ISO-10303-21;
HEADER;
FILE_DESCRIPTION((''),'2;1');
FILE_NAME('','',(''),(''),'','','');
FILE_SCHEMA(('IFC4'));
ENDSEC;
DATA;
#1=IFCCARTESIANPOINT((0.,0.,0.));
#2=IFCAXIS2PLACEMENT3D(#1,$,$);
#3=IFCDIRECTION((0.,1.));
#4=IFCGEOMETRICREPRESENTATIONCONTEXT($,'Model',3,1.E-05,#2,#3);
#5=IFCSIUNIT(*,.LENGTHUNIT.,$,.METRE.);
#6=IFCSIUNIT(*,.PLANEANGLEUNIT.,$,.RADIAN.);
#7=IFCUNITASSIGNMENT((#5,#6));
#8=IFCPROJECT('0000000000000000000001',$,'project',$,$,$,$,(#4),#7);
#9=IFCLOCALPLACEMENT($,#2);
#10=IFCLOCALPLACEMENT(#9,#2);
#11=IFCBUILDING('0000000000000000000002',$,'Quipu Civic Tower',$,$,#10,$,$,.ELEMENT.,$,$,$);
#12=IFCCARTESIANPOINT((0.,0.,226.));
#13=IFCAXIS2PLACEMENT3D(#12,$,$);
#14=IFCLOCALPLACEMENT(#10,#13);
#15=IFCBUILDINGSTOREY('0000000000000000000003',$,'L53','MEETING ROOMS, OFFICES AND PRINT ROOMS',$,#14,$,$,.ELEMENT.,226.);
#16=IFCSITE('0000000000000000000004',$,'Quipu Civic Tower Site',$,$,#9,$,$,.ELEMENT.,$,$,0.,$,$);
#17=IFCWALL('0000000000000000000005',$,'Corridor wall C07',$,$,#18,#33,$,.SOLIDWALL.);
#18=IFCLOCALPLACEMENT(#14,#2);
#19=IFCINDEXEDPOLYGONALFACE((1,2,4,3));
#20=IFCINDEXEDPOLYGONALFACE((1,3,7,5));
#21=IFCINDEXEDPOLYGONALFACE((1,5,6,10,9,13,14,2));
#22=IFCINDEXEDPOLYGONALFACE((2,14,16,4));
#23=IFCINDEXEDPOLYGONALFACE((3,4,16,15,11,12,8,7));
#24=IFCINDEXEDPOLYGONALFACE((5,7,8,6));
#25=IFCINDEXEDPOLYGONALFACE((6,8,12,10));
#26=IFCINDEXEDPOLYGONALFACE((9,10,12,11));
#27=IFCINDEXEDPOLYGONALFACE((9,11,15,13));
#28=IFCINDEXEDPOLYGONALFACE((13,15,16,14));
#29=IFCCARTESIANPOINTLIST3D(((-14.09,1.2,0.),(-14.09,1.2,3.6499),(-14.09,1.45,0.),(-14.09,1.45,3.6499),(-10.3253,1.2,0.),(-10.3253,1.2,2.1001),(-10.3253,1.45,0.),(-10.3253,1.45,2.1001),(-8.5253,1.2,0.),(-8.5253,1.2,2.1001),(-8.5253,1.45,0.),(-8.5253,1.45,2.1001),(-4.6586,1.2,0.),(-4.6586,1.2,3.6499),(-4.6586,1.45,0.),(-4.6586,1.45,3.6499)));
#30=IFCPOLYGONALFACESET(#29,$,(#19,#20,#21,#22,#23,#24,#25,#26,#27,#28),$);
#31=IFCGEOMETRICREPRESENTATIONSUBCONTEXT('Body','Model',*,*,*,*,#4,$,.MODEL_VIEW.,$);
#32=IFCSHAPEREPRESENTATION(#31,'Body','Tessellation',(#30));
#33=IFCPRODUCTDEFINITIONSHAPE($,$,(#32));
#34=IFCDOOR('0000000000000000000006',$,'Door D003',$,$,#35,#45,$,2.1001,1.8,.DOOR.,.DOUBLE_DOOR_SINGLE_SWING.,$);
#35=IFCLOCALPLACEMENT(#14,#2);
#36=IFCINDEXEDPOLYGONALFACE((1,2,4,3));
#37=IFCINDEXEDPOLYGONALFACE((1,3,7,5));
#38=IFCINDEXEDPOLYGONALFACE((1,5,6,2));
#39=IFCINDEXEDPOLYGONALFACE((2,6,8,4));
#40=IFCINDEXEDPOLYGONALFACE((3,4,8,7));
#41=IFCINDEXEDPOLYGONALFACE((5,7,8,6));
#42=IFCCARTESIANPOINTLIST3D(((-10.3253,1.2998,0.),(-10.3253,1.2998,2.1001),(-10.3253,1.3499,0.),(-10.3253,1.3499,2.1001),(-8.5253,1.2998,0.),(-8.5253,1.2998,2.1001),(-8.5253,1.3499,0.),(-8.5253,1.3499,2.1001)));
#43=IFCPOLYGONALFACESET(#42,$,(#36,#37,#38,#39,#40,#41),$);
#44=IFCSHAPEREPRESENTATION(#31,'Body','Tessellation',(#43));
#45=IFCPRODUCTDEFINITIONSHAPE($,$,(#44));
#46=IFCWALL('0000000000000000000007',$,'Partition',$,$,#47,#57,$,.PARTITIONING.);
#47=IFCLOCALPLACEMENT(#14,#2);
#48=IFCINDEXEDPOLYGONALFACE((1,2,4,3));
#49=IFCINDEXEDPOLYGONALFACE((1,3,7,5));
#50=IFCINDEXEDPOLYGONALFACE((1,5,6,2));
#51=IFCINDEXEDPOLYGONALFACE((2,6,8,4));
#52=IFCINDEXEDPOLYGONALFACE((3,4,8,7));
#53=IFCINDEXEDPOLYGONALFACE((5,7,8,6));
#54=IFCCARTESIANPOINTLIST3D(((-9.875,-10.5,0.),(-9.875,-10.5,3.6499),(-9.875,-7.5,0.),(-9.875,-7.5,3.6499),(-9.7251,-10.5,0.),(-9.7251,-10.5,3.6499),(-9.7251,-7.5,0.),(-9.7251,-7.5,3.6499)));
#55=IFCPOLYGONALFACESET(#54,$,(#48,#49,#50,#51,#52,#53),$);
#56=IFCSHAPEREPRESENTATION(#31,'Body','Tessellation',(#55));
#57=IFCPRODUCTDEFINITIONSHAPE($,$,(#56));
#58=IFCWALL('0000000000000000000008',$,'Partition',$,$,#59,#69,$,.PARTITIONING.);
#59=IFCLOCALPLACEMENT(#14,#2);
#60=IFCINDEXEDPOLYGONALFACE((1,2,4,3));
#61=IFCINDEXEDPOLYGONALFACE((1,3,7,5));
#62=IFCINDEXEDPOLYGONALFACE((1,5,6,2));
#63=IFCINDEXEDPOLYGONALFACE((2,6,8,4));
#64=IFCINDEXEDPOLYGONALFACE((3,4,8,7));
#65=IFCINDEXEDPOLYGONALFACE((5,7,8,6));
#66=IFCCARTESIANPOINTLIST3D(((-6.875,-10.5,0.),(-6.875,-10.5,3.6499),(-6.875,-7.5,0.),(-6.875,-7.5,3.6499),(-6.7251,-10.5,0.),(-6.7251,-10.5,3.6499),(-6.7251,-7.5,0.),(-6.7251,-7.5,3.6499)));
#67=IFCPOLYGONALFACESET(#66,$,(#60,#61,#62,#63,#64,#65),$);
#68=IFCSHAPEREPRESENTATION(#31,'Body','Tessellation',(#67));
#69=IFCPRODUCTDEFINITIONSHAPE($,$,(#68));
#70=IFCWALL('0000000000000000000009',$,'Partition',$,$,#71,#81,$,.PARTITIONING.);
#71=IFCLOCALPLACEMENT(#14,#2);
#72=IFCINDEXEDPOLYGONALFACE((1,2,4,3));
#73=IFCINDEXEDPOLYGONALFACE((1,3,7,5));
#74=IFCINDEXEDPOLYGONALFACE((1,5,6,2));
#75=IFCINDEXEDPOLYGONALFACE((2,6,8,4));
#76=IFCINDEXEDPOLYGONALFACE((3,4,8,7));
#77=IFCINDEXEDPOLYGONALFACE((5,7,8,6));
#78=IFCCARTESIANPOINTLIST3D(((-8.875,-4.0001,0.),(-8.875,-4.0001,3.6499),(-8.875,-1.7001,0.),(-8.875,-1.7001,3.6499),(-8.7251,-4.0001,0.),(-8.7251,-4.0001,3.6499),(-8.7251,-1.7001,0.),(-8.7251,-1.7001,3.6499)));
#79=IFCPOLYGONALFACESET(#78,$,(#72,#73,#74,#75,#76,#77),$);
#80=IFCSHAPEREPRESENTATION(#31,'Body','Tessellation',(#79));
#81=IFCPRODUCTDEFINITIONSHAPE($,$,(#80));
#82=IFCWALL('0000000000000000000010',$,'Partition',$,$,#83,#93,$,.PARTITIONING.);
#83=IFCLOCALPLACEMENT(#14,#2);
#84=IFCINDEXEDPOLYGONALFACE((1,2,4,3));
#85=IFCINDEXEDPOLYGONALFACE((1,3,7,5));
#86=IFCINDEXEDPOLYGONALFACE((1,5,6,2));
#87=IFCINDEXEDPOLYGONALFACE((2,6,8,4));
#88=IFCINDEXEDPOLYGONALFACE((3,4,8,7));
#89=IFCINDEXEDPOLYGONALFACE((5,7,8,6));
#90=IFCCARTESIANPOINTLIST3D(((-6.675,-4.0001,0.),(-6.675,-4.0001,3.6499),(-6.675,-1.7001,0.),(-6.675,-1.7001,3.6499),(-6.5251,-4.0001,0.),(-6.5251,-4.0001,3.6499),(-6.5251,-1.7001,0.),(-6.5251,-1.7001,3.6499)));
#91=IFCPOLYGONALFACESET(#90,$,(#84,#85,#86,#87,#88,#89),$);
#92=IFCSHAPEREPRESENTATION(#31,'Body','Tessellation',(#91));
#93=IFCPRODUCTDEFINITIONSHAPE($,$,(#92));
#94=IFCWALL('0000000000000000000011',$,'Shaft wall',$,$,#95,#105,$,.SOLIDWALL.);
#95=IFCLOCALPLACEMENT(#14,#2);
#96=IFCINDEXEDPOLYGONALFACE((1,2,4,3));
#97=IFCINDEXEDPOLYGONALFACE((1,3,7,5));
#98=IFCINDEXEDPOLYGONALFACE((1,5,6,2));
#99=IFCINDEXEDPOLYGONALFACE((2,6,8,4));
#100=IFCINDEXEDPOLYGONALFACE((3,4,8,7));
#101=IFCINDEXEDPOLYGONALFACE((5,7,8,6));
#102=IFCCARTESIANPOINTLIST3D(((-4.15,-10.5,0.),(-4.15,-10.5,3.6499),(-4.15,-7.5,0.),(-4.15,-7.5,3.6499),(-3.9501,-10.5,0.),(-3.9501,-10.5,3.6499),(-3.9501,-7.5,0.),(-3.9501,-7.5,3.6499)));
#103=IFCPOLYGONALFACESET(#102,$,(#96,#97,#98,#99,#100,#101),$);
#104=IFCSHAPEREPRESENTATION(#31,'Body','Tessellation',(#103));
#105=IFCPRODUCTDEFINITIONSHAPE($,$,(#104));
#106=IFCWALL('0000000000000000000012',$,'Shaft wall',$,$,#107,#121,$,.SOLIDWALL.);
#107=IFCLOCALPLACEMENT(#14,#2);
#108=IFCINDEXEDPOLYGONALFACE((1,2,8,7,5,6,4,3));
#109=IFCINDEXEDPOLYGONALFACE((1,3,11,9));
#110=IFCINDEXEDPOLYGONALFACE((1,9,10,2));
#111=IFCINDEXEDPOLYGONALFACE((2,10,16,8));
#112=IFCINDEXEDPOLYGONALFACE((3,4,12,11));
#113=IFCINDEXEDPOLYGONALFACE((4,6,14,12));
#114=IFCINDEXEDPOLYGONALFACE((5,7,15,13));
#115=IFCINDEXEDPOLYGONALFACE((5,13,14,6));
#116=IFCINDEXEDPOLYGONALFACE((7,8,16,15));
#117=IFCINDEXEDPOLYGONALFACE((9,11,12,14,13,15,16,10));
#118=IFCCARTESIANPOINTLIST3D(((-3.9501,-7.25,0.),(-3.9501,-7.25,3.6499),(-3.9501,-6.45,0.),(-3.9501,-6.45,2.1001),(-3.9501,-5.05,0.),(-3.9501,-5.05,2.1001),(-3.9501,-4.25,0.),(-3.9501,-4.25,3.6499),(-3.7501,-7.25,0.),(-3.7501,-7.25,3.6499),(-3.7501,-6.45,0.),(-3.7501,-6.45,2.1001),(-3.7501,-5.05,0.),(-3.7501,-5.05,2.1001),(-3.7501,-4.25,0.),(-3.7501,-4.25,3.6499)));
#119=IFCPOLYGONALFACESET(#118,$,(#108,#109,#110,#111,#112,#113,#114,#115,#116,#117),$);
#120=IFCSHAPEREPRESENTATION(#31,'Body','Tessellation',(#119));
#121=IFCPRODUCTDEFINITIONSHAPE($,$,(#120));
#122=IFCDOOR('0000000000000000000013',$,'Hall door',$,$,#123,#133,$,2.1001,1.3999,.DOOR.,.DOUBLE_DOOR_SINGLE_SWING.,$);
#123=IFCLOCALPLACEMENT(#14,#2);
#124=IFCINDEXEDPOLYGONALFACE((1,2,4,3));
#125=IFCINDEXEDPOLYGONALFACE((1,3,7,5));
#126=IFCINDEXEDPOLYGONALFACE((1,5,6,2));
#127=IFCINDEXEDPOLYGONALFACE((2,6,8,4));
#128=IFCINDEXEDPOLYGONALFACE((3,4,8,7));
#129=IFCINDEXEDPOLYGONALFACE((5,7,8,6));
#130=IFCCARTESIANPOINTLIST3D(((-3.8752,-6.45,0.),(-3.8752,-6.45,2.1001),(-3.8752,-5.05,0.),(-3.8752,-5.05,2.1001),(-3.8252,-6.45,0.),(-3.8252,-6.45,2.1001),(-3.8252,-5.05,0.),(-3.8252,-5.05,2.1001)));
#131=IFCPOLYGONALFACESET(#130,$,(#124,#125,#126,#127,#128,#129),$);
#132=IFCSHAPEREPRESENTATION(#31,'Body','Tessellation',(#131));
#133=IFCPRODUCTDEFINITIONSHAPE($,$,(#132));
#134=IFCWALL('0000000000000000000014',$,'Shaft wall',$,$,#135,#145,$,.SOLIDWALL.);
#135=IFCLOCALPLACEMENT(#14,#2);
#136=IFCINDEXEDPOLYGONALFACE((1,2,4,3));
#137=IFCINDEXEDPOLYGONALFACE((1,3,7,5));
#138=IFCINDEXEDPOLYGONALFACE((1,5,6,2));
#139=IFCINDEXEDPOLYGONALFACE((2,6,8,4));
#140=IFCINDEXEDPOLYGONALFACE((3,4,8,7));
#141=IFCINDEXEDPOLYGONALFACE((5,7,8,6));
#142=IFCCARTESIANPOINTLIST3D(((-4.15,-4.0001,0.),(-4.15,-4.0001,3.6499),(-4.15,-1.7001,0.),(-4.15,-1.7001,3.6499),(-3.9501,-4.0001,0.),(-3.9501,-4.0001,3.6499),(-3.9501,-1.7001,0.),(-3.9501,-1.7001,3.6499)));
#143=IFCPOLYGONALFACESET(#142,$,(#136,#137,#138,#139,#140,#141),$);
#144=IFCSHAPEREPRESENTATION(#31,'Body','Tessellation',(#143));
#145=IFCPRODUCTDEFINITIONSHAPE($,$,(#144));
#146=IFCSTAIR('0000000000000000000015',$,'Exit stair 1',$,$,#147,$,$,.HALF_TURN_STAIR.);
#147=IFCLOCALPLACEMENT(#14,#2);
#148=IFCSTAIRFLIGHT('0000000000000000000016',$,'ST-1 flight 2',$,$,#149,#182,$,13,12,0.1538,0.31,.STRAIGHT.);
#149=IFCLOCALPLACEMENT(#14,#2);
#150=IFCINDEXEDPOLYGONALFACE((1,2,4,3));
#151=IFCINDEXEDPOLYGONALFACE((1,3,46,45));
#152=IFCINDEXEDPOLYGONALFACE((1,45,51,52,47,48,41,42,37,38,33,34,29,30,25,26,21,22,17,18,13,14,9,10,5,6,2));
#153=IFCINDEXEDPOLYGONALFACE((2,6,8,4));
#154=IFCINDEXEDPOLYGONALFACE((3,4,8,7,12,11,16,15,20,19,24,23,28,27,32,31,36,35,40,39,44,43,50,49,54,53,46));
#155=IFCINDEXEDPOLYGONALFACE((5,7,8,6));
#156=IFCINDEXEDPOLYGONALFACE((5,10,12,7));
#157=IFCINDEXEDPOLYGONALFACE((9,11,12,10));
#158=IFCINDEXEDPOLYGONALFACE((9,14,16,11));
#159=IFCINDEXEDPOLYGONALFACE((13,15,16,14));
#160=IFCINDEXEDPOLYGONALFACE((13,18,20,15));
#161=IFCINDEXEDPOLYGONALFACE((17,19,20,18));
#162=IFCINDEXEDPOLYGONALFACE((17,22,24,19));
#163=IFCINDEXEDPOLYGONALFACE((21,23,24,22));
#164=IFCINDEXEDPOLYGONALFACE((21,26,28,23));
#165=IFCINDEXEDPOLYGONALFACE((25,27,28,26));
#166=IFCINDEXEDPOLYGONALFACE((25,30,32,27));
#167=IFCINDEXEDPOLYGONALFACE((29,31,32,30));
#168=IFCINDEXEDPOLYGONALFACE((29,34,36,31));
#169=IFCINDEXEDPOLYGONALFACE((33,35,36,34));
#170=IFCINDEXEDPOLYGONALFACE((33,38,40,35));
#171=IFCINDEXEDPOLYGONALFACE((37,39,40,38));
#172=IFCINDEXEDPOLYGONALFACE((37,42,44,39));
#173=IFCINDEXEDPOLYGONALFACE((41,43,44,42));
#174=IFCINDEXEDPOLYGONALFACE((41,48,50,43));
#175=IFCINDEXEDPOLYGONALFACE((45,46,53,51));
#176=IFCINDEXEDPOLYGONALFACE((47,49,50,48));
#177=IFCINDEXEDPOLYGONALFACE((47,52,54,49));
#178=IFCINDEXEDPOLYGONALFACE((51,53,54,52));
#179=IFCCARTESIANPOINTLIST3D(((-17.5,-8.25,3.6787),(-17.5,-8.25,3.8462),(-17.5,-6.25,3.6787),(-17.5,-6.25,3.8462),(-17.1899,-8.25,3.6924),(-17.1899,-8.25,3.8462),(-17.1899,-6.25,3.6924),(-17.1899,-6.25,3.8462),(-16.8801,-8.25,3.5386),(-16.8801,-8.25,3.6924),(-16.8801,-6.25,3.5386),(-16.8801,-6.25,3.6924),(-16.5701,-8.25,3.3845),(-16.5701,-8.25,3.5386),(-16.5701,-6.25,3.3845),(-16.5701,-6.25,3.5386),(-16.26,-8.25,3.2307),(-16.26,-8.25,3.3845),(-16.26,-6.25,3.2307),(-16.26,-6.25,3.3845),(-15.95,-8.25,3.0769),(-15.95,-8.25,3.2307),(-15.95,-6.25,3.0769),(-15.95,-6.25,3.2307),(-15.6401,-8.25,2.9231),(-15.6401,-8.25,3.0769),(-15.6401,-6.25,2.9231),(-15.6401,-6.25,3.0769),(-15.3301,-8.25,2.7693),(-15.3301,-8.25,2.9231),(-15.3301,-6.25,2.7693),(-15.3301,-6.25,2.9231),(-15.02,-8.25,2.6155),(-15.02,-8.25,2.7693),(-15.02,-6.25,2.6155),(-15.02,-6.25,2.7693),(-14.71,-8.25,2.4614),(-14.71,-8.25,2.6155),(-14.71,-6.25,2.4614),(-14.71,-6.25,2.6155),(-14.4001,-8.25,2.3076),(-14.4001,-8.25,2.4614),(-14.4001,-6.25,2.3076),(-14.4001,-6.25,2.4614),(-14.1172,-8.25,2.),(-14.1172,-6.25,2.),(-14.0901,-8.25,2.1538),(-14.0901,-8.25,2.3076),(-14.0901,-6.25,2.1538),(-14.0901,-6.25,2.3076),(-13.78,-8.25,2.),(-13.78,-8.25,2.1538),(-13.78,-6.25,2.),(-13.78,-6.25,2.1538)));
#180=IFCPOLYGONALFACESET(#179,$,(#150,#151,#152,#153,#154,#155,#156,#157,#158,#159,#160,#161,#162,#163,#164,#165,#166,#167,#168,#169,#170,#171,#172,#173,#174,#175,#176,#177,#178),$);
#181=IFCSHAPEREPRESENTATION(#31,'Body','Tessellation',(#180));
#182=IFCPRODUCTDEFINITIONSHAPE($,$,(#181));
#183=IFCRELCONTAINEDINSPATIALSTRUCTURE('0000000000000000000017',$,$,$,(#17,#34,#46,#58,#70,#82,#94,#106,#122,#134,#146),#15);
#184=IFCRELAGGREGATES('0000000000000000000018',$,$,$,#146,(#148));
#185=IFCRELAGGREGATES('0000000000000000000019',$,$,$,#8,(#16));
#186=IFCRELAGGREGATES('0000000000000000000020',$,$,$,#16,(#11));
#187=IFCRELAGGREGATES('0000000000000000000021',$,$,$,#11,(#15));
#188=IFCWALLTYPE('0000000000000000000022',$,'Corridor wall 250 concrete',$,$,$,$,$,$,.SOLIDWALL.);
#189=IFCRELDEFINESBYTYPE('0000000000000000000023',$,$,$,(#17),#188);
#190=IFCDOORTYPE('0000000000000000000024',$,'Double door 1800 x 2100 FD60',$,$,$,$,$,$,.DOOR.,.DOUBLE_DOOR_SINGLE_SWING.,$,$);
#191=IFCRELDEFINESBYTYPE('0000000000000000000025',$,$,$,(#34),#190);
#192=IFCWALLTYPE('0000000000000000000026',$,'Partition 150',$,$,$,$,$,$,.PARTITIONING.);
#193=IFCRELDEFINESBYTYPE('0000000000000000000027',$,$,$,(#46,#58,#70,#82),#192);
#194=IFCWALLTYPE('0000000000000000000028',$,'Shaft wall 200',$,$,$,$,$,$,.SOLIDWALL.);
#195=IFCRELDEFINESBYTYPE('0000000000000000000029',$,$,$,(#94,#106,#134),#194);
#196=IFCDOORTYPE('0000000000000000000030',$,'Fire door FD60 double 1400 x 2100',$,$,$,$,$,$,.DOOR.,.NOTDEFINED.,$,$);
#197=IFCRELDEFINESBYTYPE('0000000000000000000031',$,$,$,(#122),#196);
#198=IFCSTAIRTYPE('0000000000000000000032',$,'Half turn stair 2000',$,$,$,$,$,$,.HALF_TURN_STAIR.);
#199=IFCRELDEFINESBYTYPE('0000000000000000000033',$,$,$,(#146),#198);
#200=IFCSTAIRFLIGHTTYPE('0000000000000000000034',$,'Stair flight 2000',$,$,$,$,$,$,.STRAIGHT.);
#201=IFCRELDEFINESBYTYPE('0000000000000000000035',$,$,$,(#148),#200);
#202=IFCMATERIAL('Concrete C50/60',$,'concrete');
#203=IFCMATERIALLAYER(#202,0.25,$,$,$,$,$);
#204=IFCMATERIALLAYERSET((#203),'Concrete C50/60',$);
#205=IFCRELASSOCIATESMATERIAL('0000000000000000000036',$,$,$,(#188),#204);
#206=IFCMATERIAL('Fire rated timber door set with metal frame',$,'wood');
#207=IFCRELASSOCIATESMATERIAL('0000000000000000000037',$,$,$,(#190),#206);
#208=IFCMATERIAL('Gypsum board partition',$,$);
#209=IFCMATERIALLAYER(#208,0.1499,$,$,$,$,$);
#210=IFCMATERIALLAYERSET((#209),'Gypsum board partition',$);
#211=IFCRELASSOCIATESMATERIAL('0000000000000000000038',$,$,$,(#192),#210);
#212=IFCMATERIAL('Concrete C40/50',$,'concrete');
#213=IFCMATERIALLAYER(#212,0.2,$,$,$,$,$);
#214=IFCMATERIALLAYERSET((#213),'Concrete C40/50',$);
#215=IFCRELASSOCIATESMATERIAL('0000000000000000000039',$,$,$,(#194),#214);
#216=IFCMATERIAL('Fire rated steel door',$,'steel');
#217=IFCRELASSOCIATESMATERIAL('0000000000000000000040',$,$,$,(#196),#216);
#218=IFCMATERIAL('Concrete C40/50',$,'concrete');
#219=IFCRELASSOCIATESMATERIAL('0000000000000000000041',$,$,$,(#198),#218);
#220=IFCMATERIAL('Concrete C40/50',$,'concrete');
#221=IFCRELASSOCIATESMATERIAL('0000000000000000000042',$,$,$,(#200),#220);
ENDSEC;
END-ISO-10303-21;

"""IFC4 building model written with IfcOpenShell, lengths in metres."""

from ifc_helpers import new_model, si_unit, direction, frame, frame_2d, origin, place, context, subcontext, project, spatial, polyline, rectangle, outline, extrude, material, layer, layer_set, type_object, element, fill, aggregate, save


model = new_model("IFC4")

# Units and contexts
model_context = context("Model", 3, precision=1e-05, world=origin(), true_north=direction((0.0, 1.0)))
body_context = subcontext(model_context, "Body", "Model", "MODEL_VIEW")
ifc_project = project(units=[si_unit("LENGTHUNIT", "METRE"), si_unit("PLANEANGLEUNIT", "RADIAN")], contexts=[model_context])

# Site, building, storey
site_placement = place(None, origin())
site = spatial("IfcSite", under=ifc_project, at=site_placement, Name="Quipu Civic Tower Site", CompositionType="ELEMENT", RefElevation=0.0)
building_placement = place(site_placement, origin())
building = spatial("IfcBuilding", under=site, at=building_placement, Name="Quipu Civic Tower", CompositionType="ELEMENT")
storey_placement = place(building_placement, frame((0.0, 0.0, 226.0)))
storey = spatial("IfcBuildingStorey", under=building, at=storey_placement, Name="L53", Description="MEETING ROOMS, OFFICES AND PRINT ROOMS", CompositionType="ELEMENT", Elevation=226.0)

# Wall, opening, door
ifc_material_1 = material(Name="Concrete C50/60", Category="concrete")
ifc_layer_1 = layer(ifc_material_1, 0.25)
ifc_layer_set_1 = layer_set([ifc_layer_1], Name="Concrete C50/60")
wall_type_1 = type_object("IfcWallType", Name="Corridor wall 250 concrete", PredefinedType="SOLIDWALL", material=ifc_layer_set_1)
wall_1_placement = place(storey_placement, frame((-14.0901, 1.325, 0.0), z_axis=(0.0, 0.0, 1.0), x_axis=(1.0, 0.0, 0.0)))
wall_1 = element("IfcWall", 1, at=wall_1_placement, inside=storey, type_object=wall_type_1, Name="Corridor wall C07", PredefinedType="SOLIDWALL", context=body_context, shape_type="SweptSolid", body=[
    extrude(rectangle(XDim=9.4314, YDim=0.25, at=frame_2d((4.7158, 0.0))), origin(), (0.0, 0.0, 1.0), 3.6499),
])
opening_1_placement = place(wall_1_placement, frame((3.7649, 0.0, 0.0)))
opening_1 = element("IfcOpeningElement", 2, at=opening_1_placement, cuts=wall_1, PredefinedType="OPENING", context=body_context, shape_type="SweptSolid", body=[
    extrude(rectangle(XDim=1.8, YDim=2.1001, at=frame_2d((0.8999, 1.05))), frame((0.0, 0.135, 0.0), z_axis=(0.0, -1.0, 0.0), x_axis=(1.0, 0.0, 0.0)), (0.0, 0.0, 1.0), 0.27),
])
ifc_material_2 = material(Name="Fire rated timber door set with metal frame", Category="wood")
door_type_1 = type_object("IfcDoorType", Name="Double door 1800 x 2100 FD60", OperationType="DOUBLE_DOOR_SINGLE_SWING", PredefinedType="DOOR", material=ifc_material_2)
door_1_placement = place(opening_1_placement, origin())
door_1 = element("IfcDoor", 3, at=door_1_placement, inside=storey, type_object=door_type_1, Name="Door D003", OperationType="DOUBLE_DOOR_SINGLE_SWING", OverallHeight=2.1001, OverallWidth=1.8, PredefinedType="DOOR", context=body_context, shape_type="SweptSolid", body=[
    extrude(rectangle(XDim=1.8, YDim=2.1001, at=frame_2d((0.8999, 1.05))), frame((0.0, 0.0249, 0.0), z_axis=(0.0, -1.0, 0.0), x_axis=(1.0, 0.0, 0.0)), (0.0, 0.0, 1.0), 0.05),
])
fill(opening_1, door_1)

# Walls
ifc_material_3 = material(Name="Gypsum board partition")
ifc_layer_2 = layer(ifc_material_3, 0.1499)
ifc_layer_set_2 = layer_set([ifc_layer_2], Name="Gypsum board partition")
wall_type_2 = type_object("IfcWallType", Name="Partition 150", PredefinedType="PARTITIONING", material=ifc_layer_set_2)
for number, where, z_axis, x_axis, name in (
    (4, (-9.8, -10.5, 0.0), (0.0, 0.0, 1.0), (0.0, 1.0, 0.0), "Partition"),
    (5, (-6.8, -10.5, 0.0), (0.0, 0.0, 1.0), (0.0, 1.0, 0.0), "Partition"),
):
    element("IfcWall", number, at=place(storey_placement, frame(where, z_axis=z_axis, x_axis=x_axis)), inside=storey, type_object=wall_type_2, Name=name, PredefinedType="PARTITIONING", context=body_context, shape_type="SweptSolid", body=[
        extrude(rectangle(XDim=3.0, YDim=0.1499, at=frame_2d((1.5, 0.0))), origin(), (0.0, 0.0, 1.0), 3.6499),
    ])
for number, where, z_axis, x_axis, name in (
    (6, (-8.8, -4.0, 0.0), (0.0, 0.0, 1.0), (0.0, 1.0, 0.0), "Partition"),
    (7, (-6.6001, -4.0, 0.0), (0.0, 0.0, 1.0), (0.0, 1.0, 0.0), "Partition"),
):
    element("IfcWall", number, at=place(storey_placement, frame(where, z_axis=z_axis, x_axis=x_axis)), inside=storey, type_object=wall_type_2, Name=name, PredefinedType="PARTITIONING", context=body_context, shape_type="SweptSolid", body=[
        extrude(rectangle(XDim=2.3, YDim=0.1499, at=frame_2d((1.1499, 0.0))), origin(), (0.0, 0.0, 1.0), 3.6499),
    ])
ifc_material_4 = material(Name="Concrete C40/50", Category="concrete")
ifc_layer_3 = layer(ifc_material_4, 0.2)
ifc_layer_set_3 = layer_set([ifc_layer_3], Name="Concrete C40/50")
wall_type_3 = type_object("IfcWallType", Name="Shaft wall 200", PredefinedType="SOLIDWALL", material=ifc_layer_set_3)
wall_2_placement = place(storey_placement, frame((-4.05, -10.5, 0.0), z_axis=(0.0, 0.0, 1.0), x_axis=(0.0, 1.0, 0.0)))
element("IfcWall", 8, at=wall_2_placement, inside=storey, type_object=wall_type_3, Name="Shaft wall", PredefinedType="SOLIDWALL", context=body_context, shape_type="SweptSolid", body=[
    extrude(rectangle(XDim=3.0, YDim=0.2, at=frame_2d((1.5, 0.0))), origin(), (0.0, 0.0, 1.0), 3.6499),
])

# Wall, opening, door
wall_3_placement = place(storey_placement, frame((-3.8501, -4.25, 0.0), z_axis=(0.0, 0.0, 1.0), x_axis=(0.0, -1.0, 0.0)))
wall_3 = element("IfcWall", 9, at=wall_3_placement, inside=storey, type_object=wall_type_3, Name="Shaft wall", PredefinedType="SOLIDWALL", context=body_context, shape_type="SweptSolid", body=[
    extrude(rectangle(XDim=3.0, YDim=0.2, at=frame_2d((1.5, 0.0))), origin(), (0.0, 0.0, 1.0), 3.6499),
])
opening_2_placement = place(wall_3_placement, frame((0.8, 0.0, 0.0)))
opening_2 = element("IfcOpeningElement", 10, at=opening_2_placement, cuts=wall_3, PredefinedType="OPENING", context=body_context, shape_type="SweptSolid", body=[
    extrude(rectangle(XDim=1.3999, YDim=2.1001, at=frame_2d((0.7, 1.05))), frame((0.0, 0.1099, 0.0), z_axis=(0.0, -1.0, 0.0), x_axis=(1.0, 0.0, 0.0)), (0.0, 0.0, 1.0), 0.22),
])
ifc_material_5 = material(Name="Fire rated steel door", Category="steel")
door_type_2 = type_object("IfcDoorType", Name="Fire door FD60 double 1400 x 2100", OperationType="NOTDEFINED", PredefinedType="DOOR", material=ifc_material_5)
door_2_placement = place(opening_2_placement, origin())
door_2 = element("IfcDoor", 11, at=door_2_placement, inside=storey, type_object=door_type_2, Name="Hall door", OperationType="DOUBLE_DOOR_SINGLE_SWING", OverallHeight=2.1001, OverallWidth=1.3999, PredefinedType="DOOR", context=body_context, shape_type="SweptSolid", body=[
    extrude(rectangle(XDim=1.3999, YDim=2.1001, at=frame_2d((0.7, 1.05))), frame((0.0, 0.0249, 0.0), z_axis=(0.0, -1.0, 0.0), x_axis=(1.0, 0.0, 0.0)), (0.0, 0.0, 1.0), 0.05),
])
fill(opening_2, door_2)

# Wall
wall_4_placement = place(storey_placement, frame((-4.05, -4.0, 0.0), z_axis=(0.0, 0.0, 1.0), x_axis=(0.0, 1.0, 0.0)))
element("IfcWall", 12, at=wall_4_placement, inside=storey, type_object=wall_type_3, Name="Shaft wall", PredefinedType="SOLIDWALL", context=body_context, shape_type="SweptSolid", body=[
    extrude(rectangle(XDim=2.3, YDim=0.2, at=frame_2d((1.1499, 0.0))), origin(), (0.0, 0.0, 1.0), 3.6499),
])

# Stair, stair flight
ifc_material_6 = material(Name="Concrete C40/50", Category="concrete")
stair_type = type_object("IfcStairType", Name="Half turn stair 2000", PredefinedType="HALF_TURN_STAIR", material=ifc_material_6)
stair_placement = place(storey_placement, origin())
stair = element("IfcStair", 13, at=stair_placement, inside=storey, type_object=stair_type, Name="Exit stair 1", PredefinedType="HALF_TURN_STAIR")
ifc_material_7 = material(Name="Concrete C40/50", Category="concrete")
stair_flight_type = type_object("IfcStairFlightType", Name="Stair flight 2000", PredefinedType="STRAIGHT", material=ifc_material_7)
stair_flight_placement = place(storey_placement, frame((-13.78, -7.25, 2.0), z_axis=(0.0, 0.0, 1.0), x_axis=(-1.0, 0.0, 0.0)))
stair_flight = element("IfcStairFlight", 14, at=stair_flight_placement, type_object=stair_flight_type, Name="ST-1 flight 2", NumberOfRisers=13, NumberOfTreads=12, PredefinedType="STRAIGHT", RiserHeight=0.1538, TreadLength=0.31, context=body_context, shape_type="SweptSolid", body=[
    extrude(outline(polyline([(0.0, 0.0), (0.0, 0.1538), (0.3101, 0.1538), (0.3101, 0.3076), (0.6201, 0.3076), (0.6201, 0.4614), (0.9299, 0.4614), (0.9299, 0.6155), (1.24, 0.6155), (1.24, 0.7693), (1.55, 0.7693), (1.55, 0.9231), (1.8601, 0.9231), (1.8601, 1.0769), (2.1699, 1.0769), (2.1699, 1.2307), (2.48, 1.2307), (2.48, 1.3845), (2.79, 1.3845), (2.79, 1.5386), (3.1001, 1.5386), (3.1001, 1.6924), (3.4099, 1.6924), (3.4099, 1.8462), (3.72, 1.8462), (3.72, 2.0), (3.72, 1.6787), (0.3372, 0.0), (0.0, 0.0)])), frame((0.0, 1.0, 0.0), z_axis=(0.0, -1.0, 0.0), x_axis=(1.0, 0.0, 0.0)), (0.0, 0.0, 1.0), 2.0),
])
aggregate(stair, [stair_flight])

save(model, "model.ifc")
